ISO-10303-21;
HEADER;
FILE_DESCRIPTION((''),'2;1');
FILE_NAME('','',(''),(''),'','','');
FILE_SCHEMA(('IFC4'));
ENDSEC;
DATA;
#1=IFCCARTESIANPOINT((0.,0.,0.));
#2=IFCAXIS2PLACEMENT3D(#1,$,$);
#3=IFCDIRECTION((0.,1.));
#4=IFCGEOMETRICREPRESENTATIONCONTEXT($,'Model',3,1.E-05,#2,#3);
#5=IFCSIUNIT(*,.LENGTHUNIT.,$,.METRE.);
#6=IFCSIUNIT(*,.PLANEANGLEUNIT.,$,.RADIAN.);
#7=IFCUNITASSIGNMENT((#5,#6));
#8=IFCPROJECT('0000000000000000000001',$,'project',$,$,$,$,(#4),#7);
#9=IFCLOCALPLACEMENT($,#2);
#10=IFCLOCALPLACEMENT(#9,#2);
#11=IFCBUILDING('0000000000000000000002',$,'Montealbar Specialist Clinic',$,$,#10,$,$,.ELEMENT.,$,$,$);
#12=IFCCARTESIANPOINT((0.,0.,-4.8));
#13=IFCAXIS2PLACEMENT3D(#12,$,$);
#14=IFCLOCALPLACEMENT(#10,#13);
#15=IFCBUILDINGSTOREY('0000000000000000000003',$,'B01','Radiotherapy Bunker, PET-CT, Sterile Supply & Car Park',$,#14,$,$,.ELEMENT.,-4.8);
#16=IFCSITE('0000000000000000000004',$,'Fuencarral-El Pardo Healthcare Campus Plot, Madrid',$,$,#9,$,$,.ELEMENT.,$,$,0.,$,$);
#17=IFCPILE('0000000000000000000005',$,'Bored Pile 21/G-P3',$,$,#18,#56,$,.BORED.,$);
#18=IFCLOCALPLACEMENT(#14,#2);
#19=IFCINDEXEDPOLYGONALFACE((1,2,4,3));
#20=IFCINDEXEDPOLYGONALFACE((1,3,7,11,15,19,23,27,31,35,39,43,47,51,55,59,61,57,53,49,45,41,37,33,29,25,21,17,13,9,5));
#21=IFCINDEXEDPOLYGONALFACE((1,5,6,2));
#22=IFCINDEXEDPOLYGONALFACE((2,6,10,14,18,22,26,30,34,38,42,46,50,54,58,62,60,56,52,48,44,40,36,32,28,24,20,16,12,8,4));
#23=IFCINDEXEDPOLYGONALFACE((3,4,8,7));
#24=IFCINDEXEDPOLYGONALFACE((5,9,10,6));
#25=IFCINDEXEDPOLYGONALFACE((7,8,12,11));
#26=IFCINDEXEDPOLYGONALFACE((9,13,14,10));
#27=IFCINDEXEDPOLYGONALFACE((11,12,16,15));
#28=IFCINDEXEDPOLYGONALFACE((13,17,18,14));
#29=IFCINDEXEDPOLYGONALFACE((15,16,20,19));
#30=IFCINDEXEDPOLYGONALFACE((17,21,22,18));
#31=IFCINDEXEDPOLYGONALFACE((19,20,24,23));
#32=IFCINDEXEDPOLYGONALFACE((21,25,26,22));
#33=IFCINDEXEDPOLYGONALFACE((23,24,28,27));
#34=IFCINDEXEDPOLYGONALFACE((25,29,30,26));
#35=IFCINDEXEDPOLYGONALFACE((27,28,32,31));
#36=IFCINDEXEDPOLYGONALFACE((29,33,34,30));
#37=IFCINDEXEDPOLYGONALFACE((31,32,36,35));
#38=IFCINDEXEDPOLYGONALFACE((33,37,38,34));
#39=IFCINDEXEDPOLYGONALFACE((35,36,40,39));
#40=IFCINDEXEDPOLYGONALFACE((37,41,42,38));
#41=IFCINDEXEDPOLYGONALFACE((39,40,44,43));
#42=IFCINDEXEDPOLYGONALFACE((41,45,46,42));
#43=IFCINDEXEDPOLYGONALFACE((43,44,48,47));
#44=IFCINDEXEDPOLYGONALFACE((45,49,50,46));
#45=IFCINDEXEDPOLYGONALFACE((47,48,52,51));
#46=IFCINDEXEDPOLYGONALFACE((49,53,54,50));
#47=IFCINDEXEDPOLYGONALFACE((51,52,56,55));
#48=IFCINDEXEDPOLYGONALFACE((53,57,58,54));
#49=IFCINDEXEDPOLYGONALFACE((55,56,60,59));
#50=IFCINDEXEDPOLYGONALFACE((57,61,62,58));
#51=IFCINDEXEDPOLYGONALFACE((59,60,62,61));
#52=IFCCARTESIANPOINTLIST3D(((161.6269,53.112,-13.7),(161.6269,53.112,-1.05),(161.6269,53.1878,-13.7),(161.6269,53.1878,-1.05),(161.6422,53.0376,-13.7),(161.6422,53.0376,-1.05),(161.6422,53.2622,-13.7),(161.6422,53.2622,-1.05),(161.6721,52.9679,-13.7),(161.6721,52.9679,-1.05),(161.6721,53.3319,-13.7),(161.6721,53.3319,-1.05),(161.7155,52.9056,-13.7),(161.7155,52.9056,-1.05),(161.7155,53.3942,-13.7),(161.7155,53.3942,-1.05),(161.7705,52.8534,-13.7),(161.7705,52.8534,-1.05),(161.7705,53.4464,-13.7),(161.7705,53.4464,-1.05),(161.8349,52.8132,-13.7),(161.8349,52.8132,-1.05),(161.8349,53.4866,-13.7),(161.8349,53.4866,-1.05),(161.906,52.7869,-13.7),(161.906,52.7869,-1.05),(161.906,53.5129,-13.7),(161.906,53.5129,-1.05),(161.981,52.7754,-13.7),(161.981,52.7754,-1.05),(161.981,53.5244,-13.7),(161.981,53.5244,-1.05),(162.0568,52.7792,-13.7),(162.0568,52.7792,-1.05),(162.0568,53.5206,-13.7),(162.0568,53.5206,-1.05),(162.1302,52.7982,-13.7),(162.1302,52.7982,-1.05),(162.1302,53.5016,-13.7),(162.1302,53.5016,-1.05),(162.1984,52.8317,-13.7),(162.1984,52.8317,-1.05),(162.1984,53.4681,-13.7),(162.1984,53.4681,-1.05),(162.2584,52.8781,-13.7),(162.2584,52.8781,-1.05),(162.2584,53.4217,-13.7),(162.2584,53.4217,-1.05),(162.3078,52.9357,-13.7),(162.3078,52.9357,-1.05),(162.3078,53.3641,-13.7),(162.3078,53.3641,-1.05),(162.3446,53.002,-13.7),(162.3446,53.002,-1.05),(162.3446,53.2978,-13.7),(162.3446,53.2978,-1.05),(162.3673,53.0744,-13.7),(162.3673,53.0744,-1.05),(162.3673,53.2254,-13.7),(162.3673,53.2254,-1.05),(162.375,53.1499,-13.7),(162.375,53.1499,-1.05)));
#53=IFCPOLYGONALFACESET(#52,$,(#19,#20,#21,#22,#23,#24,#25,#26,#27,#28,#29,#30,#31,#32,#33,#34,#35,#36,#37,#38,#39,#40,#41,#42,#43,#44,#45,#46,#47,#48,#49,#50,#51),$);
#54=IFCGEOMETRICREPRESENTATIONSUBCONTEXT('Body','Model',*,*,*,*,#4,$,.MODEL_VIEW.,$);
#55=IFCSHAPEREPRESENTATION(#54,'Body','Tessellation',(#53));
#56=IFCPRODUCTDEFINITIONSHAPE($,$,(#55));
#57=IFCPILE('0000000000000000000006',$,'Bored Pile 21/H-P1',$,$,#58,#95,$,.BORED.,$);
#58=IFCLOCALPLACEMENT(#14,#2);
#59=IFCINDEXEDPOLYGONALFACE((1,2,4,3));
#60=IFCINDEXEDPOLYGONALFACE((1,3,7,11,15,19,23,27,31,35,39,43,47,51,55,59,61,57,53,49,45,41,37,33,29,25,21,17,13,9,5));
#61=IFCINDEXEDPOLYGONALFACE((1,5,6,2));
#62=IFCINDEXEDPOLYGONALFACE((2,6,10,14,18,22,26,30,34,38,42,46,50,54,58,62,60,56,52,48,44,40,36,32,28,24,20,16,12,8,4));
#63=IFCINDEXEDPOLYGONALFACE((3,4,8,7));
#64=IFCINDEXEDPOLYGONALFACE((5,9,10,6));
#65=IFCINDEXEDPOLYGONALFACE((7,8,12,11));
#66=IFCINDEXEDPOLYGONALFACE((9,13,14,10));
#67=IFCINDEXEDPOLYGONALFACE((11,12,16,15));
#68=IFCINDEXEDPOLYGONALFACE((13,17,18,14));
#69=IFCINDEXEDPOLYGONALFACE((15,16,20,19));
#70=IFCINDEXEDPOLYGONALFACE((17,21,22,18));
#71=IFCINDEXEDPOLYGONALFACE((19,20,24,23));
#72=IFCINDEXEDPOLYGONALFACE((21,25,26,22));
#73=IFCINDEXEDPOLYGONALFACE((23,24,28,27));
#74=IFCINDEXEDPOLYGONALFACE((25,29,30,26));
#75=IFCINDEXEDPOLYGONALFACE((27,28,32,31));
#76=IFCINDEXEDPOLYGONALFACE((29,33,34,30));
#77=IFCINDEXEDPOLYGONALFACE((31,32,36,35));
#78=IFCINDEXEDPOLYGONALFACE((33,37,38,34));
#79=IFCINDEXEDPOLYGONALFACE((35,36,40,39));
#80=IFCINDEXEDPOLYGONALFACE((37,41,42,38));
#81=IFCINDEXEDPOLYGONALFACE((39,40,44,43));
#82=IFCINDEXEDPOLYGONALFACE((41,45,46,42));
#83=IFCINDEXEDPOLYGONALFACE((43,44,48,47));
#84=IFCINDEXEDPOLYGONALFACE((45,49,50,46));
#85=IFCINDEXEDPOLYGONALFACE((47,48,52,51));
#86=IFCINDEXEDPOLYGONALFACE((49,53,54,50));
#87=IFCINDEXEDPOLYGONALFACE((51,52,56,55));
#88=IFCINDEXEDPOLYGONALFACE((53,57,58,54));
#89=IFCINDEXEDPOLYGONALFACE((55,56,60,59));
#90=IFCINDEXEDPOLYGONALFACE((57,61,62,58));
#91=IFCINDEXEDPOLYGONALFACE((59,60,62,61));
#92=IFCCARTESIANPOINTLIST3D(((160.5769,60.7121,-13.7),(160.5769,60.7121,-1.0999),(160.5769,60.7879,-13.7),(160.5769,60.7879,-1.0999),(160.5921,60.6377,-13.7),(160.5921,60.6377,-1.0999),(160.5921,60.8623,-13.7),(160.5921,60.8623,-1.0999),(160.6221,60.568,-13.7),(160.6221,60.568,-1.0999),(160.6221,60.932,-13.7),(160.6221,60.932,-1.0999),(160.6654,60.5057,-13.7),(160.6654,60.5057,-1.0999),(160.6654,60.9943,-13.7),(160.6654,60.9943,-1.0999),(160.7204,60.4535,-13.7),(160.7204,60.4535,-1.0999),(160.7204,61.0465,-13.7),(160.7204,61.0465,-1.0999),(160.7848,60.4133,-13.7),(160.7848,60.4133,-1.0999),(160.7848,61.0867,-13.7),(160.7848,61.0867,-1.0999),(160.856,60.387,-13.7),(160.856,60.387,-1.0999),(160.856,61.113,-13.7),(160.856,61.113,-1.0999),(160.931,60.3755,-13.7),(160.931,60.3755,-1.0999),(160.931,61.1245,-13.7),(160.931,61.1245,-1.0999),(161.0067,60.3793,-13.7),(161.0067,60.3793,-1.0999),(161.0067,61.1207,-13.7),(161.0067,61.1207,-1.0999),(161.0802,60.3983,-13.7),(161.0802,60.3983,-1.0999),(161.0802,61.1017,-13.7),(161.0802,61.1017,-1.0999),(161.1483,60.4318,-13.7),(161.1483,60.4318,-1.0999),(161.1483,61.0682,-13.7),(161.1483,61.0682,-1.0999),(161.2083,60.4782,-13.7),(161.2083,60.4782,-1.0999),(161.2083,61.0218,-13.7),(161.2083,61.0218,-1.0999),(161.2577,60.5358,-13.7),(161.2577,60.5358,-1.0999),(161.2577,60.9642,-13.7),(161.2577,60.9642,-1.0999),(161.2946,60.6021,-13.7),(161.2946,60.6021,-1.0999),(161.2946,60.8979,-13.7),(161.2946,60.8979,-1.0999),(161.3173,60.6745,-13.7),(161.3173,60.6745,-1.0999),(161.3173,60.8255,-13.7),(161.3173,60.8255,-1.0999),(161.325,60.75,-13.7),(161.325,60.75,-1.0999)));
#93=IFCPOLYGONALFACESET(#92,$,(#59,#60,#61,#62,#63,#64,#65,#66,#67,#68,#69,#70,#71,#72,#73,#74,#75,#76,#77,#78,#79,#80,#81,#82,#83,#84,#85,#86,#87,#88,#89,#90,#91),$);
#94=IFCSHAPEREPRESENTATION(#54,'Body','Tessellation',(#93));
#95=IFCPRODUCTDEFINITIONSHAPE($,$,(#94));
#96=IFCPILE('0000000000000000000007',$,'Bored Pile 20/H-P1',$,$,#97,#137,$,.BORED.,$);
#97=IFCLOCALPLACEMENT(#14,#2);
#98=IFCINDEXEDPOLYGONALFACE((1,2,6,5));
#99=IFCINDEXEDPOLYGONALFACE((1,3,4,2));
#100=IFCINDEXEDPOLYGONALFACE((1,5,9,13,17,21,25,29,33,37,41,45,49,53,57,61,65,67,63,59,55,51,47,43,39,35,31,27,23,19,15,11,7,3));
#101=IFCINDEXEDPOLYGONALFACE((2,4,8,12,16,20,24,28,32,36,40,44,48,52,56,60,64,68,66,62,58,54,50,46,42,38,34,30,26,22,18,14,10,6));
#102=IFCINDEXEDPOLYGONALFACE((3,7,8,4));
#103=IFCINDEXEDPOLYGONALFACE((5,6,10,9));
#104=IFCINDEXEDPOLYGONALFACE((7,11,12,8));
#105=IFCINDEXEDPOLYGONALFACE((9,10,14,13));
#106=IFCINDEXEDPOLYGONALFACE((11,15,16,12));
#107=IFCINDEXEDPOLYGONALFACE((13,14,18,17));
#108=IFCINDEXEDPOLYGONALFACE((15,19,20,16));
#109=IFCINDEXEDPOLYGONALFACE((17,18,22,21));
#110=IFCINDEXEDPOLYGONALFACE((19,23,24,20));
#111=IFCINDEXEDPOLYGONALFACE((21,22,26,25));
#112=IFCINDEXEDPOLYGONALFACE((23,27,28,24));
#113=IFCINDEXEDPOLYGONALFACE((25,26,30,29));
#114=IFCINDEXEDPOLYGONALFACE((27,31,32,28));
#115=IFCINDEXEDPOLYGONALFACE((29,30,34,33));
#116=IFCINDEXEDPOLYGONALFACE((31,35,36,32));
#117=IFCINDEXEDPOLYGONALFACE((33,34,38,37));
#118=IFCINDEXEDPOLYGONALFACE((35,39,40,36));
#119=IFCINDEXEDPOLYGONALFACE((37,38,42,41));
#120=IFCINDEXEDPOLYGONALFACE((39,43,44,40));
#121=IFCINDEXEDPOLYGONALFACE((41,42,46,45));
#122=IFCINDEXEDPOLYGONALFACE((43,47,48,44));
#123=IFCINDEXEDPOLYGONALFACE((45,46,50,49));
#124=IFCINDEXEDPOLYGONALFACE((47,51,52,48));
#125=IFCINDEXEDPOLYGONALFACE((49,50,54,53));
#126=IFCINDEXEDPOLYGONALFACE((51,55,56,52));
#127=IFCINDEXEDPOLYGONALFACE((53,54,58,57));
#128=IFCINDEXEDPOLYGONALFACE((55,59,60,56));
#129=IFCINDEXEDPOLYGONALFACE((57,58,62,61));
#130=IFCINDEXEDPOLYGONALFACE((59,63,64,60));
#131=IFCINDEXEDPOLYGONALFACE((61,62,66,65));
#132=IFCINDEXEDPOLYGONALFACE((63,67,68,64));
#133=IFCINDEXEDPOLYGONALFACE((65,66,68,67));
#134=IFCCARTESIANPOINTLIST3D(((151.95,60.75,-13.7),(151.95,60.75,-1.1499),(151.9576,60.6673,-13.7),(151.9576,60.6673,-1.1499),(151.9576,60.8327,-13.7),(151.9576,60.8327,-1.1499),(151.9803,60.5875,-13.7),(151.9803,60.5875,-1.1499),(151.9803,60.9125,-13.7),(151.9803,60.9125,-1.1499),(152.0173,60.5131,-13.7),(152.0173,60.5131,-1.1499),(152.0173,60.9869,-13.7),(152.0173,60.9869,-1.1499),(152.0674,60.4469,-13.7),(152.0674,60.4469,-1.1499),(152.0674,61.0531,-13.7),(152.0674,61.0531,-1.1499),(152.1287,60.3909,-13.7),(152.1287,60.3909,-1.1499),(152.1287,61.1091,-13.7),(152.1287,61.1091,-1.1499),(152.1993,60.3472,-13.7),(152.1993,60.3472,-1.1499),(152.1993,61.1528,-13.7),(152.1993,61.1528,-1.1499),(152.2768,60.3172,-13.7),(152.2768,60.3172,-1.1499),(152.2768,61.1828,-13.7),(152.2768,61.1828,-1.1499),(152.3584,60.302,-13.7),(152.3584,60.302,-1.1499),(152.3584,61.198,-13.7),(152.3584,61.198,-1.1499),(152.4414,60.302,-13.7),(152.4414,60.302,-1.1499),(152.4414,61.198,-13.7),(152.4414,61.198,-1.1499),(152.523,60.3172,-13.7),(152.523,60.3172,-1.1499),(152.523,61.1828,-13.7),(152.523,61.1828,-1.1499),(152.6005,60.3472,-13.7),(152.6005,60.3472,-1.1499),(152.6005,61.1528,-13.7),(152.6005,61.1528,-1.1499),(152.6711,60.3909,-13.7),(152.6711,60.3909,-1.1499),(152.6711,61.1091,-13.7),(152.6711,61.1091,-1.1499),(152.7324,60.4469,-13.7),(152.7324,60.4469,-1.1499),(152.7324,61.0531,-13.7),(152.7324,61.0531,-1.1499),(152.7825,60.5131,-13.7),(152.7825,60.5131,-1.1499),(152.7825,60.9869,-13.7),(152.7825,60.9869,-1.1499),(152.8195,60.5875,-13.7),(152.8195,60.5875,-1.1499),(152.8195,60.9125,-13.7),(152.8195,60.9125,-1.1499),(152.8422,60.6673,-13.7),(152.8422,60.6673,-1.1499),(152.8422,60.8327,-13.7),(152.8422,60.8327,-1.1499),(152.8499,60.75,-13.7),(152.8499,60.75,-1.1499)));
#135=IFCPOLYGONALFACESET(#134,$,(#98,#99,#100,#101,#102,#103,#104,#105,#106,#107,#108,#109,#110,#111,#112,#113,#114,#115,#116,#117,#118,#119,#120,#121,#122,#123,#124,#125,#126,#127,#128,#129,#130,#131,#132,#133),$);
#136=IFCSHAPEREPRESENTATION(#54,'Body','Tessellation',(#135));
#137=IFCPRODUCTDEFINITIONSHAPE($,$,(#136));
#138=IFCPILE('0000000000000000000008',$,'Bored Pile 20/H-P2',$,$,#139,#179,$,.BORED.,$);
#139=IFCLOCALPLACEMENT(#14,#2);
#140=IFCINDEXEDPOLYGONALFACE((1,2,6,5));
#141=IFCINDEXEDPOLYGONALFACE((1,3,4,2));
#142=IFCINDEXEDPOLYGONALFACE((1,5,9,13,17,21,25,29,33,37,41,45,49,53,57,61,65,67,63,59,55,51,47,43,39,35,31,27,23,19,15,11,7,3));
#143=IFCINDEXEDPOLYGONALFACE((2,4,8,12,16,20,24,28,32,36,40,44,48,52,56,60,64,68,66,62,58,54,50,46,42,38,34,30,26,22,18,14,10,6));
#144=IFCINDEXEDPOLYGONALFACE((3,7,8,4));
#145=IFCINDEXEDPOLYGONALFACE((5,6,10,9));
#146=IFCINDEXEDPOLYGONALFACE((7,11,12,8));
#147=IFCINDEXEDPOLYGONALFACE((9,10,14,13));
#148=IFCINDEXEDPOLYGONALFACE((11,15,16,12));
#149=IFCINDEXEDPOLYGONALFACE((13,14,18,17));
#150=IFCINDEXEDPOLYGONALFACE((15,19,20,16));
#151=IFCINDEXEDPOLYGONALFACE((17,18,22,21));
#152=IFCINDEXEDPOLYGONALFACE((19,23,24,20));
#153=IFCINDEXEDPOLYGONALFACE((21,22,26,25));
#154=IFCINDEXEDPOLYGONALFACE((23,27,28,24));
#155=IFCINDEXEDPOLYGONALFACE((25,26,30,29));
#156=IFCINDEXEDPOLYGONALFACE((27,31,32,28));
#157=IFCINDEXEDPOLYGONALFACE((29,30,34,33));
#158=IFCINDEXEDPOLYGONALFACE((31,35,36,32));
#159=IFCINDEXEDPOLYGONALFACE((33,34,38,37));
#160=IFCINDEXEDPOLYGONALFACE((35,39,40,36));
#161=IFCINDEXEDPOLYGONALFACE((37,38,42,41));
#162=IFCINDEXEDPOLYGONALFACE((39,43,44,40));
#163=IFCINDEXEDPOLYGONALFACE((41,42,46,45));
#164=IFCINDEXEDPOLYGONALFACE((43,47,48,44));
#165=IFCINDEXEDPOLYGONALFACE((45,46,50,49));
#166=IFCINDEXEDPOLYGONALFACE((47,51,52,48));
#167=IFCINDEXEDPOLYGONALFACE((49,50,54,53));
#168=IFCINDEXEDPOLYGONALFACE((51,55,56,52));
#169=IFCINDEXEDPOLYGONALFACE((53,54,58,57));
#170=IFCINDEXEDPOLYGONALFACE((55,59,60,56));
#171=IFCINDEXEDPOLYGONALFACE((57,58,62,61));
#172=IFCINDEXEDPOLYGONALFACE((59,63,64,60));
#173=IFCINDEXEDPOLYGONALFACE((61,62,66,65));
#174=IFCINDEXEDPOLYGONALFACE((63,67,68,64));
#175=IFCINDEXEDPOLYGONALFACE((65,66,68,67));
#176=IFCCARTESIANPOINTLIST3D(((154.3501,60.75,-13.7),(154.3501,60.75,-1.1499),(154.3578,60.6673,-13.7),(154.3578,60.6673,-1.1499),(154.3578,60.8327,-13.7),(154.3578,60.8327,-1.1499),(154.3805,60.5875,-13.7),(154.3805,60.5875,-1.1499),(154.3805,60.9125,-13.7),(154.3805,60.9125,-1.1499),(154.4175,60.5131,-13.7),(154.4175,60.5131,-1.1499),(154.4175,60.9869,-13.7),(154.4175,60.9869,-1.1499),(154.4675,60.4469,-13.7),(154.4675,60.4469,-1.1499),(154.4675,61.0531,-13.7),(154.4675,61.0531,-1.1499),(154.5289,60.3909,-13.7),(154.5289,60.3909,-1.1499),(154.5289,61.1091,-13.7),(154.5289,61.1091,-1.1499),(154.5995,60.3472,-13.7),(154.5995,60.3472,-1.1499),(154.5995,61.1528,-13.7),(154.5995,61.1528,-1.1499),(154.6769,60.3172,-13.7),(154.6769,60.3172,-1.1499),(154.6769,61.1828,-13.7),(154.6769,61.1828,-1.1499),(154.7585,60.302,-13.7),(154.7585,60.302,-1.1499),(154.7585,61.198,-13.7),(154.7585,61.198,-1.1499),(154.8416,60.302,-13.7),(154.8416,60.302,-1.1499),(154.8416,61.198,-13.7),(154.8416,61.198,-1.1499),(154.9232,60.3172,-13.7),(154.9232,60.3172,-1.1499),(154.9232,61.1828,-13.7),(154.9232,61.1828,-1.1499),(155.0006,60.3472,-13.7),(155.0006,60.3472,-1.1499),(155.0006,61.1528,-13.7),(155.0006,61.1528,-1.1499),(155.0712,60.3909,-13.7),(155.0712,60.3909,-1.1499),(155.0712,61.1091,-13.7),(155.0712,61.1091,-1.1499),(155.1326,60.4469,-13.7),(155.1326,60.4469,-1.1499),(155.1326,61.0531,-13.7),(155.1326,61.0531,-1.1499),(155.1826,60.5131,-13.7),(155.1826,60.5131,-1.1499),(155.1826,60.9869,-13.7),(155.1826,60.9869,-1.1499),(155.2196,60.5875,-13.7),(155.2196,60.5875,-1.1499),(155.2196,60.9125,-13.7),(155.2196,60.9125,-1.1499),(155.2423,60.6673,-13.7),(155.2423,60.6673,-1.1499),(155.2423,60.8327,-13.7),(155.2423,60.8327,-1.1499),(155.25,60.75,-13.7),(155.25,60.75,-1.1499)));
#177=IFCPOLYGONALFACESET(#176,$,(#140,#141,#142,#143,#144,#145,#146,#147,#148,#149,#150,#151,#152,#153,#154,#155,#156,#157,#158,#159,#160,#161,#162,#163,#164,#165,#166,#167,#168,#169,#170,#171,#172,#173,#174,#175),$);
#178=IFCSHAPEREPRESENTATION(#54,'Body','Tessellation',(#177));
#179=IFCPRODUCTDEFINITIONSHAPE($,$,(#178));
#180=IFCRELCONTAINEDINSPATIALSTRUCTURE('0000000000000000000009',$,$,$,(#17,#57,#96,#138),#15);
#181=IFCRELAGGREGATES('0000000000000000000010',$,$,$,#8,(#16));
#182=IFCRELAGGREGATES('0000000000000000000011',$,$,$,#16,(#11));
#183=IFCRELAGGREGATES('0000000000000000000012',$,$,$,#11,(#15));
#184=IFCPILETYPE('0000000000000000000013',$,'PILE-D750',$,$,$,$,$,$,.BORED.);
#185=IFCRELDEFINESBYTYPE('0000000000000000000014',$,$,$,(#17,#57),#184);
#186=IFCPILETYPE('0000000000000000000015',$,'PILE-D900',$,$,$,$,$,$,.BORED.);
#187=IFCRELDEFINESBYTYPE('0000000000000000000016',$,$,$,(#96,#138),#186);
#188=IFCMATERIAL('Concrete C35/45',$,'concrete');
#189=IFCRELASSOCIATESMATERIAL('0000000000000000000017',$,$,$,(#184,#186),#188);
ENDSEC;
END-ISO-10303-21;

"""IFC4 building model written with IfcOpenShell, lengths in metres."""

from ifc_helpers import new_model, si_unit, direction, frame, origin, origin_2d, place, context, subcontext, project, spatial, circle, extrude, material, material_profile, profile_set, type_object, element, save


model = new_model("IFC4")

# Units and contexts
model_context = context("Model", 3, precision=1e-05, world=origin(), true_north=direction((0.0, 1.0)))
body_context = subcontext(model_context, "Body", "Model", "MODEL_VIEW")
ifc_project = project(units=[si_unit("LENGTHUNIT", "METRE"), si_unit("PLANEANGLEUNIT", "RADIAN")], contexts=[model_context])

# Site, building, storey
site_placement = place(None, origin())
site = spatial("IfcSite", under=ifc_project, at=site_placement, Name="Fuencarral-El Pardo Healthcare Campus Plot, Madrid", CompositionType="ELEMENT", RefElevation=0.0)
building_placement = place(site_placement, origin())
building = spatial("IfcBuilding", under=site, at=building_placement, Name="Montealbar Specialist Clinic", CompositionType="ELEMENT")
storey_placement = place(building_placement, frame((0.0, 0.0, -4.8)))
storey = spatial("IfcBuildingStorey", under=building, at=storey_placement, Name="B01", Description="Radiotherapy Bunker, PET-CT, Sterile Supply & Car Park", CompositionType="ELEMENT", Elevation=-4.8)

# Shared definitions
ifc_material_1 = material(Name="Concrete C35/45", Category="concrete")

# Piles
ifc_material_profile_1 = material_profile(ifc_material_1, circle(Radius=0.375, at=origin_2d()), Name="PILE D750", Category="concrete")
ifc_profile_set_1 = profile_set([ifc_material_profile_1], Name="Concrete C35/45")
pile_type_1 = type_object("IfcPileType", Name="PILE-D750", PredefinedType="BORED", material=ifc_profile_set_1)
for number, where, z_axis, x_axis, name in (
    (1, (162.0, 53.1499, -1.05), (0.0, 0.0, -1.0), (1.0, 0.0, 0.0), "Bored Pile 21/G-P3"),
):
    element("IfcPile", number, at=place(storey_placement, frame(where, z_axis=z_axis, x_axis=x_axis)), inside=storey, type_object=pile_type_1, Name=name, PredefinedType="BORED", context=body_context, shape_type="SweptSolid", body=[
        extrude(circle(Radius=0.375, at=origin_2d()), origin(), (0.0, 0.0, 1.0), 12.6499),
    ])
pile_1_placement = place(storey_placement, frame((160.95, 60.75, -1.0999), z_axis=(0.0, 0.0, -1.0), x_axis=(1.0, 0.0, 0.0)))
element("IfcPile", 2, at=pile_1_placement, inside=storey, type_object=pile_type_1, Name="Bored Pile 21/H-P1", PredefinedType="BORED", context=body_context, shape_type="SweptSolid", body=[
    extrude(circle(Radius=0.375, at=origin_2d()), origin(), (0.0, 0.0, 1.0), 12.6001),
])
ifc_material_profile_2 = material_profile(ifc_material_1, circle(Radius=0.45, at=origin_2d()), Name="PILE D900", Category="concrete")
ifc_profile_set_2 = profile_set([ifc_material_profile_2], Name="Concrete C35/45")
pile_type_2 = type_object("IfcPileType", Name="PILE-D900", PredefinedType="BORED", material=ifc_profile_set_2)
for number, where, z_axis, x_axis, name in (
    (3, (152.3999, 60.75, -1.1499), (0.0, 0.0, -1.0), (1.0, 0.0, 0.0), "Bored Pile 20/H-P1"),
    (4, (154.8, 60.75, -1.1499), (0.0, 0.0, -1.0), (1.0, 0.0, 0.0), "Bored Pile 20/H-P2"),
):
    element("IfcPile", number, at=place(storey_placement, frame(where, z_axis=z_axis, x_axis=x_axis)), inside=storey, type_object=pile_type_2, Name=name, PredefinedType="BORED", context=body_context, shape_type="SweptSolid", body=[
        extrude(circle(Radius=0.45, at=origin_2d()), origin(), (0.0, 0.0, 1.0), 12.55),
    ])

save(model, "model.ifc")
